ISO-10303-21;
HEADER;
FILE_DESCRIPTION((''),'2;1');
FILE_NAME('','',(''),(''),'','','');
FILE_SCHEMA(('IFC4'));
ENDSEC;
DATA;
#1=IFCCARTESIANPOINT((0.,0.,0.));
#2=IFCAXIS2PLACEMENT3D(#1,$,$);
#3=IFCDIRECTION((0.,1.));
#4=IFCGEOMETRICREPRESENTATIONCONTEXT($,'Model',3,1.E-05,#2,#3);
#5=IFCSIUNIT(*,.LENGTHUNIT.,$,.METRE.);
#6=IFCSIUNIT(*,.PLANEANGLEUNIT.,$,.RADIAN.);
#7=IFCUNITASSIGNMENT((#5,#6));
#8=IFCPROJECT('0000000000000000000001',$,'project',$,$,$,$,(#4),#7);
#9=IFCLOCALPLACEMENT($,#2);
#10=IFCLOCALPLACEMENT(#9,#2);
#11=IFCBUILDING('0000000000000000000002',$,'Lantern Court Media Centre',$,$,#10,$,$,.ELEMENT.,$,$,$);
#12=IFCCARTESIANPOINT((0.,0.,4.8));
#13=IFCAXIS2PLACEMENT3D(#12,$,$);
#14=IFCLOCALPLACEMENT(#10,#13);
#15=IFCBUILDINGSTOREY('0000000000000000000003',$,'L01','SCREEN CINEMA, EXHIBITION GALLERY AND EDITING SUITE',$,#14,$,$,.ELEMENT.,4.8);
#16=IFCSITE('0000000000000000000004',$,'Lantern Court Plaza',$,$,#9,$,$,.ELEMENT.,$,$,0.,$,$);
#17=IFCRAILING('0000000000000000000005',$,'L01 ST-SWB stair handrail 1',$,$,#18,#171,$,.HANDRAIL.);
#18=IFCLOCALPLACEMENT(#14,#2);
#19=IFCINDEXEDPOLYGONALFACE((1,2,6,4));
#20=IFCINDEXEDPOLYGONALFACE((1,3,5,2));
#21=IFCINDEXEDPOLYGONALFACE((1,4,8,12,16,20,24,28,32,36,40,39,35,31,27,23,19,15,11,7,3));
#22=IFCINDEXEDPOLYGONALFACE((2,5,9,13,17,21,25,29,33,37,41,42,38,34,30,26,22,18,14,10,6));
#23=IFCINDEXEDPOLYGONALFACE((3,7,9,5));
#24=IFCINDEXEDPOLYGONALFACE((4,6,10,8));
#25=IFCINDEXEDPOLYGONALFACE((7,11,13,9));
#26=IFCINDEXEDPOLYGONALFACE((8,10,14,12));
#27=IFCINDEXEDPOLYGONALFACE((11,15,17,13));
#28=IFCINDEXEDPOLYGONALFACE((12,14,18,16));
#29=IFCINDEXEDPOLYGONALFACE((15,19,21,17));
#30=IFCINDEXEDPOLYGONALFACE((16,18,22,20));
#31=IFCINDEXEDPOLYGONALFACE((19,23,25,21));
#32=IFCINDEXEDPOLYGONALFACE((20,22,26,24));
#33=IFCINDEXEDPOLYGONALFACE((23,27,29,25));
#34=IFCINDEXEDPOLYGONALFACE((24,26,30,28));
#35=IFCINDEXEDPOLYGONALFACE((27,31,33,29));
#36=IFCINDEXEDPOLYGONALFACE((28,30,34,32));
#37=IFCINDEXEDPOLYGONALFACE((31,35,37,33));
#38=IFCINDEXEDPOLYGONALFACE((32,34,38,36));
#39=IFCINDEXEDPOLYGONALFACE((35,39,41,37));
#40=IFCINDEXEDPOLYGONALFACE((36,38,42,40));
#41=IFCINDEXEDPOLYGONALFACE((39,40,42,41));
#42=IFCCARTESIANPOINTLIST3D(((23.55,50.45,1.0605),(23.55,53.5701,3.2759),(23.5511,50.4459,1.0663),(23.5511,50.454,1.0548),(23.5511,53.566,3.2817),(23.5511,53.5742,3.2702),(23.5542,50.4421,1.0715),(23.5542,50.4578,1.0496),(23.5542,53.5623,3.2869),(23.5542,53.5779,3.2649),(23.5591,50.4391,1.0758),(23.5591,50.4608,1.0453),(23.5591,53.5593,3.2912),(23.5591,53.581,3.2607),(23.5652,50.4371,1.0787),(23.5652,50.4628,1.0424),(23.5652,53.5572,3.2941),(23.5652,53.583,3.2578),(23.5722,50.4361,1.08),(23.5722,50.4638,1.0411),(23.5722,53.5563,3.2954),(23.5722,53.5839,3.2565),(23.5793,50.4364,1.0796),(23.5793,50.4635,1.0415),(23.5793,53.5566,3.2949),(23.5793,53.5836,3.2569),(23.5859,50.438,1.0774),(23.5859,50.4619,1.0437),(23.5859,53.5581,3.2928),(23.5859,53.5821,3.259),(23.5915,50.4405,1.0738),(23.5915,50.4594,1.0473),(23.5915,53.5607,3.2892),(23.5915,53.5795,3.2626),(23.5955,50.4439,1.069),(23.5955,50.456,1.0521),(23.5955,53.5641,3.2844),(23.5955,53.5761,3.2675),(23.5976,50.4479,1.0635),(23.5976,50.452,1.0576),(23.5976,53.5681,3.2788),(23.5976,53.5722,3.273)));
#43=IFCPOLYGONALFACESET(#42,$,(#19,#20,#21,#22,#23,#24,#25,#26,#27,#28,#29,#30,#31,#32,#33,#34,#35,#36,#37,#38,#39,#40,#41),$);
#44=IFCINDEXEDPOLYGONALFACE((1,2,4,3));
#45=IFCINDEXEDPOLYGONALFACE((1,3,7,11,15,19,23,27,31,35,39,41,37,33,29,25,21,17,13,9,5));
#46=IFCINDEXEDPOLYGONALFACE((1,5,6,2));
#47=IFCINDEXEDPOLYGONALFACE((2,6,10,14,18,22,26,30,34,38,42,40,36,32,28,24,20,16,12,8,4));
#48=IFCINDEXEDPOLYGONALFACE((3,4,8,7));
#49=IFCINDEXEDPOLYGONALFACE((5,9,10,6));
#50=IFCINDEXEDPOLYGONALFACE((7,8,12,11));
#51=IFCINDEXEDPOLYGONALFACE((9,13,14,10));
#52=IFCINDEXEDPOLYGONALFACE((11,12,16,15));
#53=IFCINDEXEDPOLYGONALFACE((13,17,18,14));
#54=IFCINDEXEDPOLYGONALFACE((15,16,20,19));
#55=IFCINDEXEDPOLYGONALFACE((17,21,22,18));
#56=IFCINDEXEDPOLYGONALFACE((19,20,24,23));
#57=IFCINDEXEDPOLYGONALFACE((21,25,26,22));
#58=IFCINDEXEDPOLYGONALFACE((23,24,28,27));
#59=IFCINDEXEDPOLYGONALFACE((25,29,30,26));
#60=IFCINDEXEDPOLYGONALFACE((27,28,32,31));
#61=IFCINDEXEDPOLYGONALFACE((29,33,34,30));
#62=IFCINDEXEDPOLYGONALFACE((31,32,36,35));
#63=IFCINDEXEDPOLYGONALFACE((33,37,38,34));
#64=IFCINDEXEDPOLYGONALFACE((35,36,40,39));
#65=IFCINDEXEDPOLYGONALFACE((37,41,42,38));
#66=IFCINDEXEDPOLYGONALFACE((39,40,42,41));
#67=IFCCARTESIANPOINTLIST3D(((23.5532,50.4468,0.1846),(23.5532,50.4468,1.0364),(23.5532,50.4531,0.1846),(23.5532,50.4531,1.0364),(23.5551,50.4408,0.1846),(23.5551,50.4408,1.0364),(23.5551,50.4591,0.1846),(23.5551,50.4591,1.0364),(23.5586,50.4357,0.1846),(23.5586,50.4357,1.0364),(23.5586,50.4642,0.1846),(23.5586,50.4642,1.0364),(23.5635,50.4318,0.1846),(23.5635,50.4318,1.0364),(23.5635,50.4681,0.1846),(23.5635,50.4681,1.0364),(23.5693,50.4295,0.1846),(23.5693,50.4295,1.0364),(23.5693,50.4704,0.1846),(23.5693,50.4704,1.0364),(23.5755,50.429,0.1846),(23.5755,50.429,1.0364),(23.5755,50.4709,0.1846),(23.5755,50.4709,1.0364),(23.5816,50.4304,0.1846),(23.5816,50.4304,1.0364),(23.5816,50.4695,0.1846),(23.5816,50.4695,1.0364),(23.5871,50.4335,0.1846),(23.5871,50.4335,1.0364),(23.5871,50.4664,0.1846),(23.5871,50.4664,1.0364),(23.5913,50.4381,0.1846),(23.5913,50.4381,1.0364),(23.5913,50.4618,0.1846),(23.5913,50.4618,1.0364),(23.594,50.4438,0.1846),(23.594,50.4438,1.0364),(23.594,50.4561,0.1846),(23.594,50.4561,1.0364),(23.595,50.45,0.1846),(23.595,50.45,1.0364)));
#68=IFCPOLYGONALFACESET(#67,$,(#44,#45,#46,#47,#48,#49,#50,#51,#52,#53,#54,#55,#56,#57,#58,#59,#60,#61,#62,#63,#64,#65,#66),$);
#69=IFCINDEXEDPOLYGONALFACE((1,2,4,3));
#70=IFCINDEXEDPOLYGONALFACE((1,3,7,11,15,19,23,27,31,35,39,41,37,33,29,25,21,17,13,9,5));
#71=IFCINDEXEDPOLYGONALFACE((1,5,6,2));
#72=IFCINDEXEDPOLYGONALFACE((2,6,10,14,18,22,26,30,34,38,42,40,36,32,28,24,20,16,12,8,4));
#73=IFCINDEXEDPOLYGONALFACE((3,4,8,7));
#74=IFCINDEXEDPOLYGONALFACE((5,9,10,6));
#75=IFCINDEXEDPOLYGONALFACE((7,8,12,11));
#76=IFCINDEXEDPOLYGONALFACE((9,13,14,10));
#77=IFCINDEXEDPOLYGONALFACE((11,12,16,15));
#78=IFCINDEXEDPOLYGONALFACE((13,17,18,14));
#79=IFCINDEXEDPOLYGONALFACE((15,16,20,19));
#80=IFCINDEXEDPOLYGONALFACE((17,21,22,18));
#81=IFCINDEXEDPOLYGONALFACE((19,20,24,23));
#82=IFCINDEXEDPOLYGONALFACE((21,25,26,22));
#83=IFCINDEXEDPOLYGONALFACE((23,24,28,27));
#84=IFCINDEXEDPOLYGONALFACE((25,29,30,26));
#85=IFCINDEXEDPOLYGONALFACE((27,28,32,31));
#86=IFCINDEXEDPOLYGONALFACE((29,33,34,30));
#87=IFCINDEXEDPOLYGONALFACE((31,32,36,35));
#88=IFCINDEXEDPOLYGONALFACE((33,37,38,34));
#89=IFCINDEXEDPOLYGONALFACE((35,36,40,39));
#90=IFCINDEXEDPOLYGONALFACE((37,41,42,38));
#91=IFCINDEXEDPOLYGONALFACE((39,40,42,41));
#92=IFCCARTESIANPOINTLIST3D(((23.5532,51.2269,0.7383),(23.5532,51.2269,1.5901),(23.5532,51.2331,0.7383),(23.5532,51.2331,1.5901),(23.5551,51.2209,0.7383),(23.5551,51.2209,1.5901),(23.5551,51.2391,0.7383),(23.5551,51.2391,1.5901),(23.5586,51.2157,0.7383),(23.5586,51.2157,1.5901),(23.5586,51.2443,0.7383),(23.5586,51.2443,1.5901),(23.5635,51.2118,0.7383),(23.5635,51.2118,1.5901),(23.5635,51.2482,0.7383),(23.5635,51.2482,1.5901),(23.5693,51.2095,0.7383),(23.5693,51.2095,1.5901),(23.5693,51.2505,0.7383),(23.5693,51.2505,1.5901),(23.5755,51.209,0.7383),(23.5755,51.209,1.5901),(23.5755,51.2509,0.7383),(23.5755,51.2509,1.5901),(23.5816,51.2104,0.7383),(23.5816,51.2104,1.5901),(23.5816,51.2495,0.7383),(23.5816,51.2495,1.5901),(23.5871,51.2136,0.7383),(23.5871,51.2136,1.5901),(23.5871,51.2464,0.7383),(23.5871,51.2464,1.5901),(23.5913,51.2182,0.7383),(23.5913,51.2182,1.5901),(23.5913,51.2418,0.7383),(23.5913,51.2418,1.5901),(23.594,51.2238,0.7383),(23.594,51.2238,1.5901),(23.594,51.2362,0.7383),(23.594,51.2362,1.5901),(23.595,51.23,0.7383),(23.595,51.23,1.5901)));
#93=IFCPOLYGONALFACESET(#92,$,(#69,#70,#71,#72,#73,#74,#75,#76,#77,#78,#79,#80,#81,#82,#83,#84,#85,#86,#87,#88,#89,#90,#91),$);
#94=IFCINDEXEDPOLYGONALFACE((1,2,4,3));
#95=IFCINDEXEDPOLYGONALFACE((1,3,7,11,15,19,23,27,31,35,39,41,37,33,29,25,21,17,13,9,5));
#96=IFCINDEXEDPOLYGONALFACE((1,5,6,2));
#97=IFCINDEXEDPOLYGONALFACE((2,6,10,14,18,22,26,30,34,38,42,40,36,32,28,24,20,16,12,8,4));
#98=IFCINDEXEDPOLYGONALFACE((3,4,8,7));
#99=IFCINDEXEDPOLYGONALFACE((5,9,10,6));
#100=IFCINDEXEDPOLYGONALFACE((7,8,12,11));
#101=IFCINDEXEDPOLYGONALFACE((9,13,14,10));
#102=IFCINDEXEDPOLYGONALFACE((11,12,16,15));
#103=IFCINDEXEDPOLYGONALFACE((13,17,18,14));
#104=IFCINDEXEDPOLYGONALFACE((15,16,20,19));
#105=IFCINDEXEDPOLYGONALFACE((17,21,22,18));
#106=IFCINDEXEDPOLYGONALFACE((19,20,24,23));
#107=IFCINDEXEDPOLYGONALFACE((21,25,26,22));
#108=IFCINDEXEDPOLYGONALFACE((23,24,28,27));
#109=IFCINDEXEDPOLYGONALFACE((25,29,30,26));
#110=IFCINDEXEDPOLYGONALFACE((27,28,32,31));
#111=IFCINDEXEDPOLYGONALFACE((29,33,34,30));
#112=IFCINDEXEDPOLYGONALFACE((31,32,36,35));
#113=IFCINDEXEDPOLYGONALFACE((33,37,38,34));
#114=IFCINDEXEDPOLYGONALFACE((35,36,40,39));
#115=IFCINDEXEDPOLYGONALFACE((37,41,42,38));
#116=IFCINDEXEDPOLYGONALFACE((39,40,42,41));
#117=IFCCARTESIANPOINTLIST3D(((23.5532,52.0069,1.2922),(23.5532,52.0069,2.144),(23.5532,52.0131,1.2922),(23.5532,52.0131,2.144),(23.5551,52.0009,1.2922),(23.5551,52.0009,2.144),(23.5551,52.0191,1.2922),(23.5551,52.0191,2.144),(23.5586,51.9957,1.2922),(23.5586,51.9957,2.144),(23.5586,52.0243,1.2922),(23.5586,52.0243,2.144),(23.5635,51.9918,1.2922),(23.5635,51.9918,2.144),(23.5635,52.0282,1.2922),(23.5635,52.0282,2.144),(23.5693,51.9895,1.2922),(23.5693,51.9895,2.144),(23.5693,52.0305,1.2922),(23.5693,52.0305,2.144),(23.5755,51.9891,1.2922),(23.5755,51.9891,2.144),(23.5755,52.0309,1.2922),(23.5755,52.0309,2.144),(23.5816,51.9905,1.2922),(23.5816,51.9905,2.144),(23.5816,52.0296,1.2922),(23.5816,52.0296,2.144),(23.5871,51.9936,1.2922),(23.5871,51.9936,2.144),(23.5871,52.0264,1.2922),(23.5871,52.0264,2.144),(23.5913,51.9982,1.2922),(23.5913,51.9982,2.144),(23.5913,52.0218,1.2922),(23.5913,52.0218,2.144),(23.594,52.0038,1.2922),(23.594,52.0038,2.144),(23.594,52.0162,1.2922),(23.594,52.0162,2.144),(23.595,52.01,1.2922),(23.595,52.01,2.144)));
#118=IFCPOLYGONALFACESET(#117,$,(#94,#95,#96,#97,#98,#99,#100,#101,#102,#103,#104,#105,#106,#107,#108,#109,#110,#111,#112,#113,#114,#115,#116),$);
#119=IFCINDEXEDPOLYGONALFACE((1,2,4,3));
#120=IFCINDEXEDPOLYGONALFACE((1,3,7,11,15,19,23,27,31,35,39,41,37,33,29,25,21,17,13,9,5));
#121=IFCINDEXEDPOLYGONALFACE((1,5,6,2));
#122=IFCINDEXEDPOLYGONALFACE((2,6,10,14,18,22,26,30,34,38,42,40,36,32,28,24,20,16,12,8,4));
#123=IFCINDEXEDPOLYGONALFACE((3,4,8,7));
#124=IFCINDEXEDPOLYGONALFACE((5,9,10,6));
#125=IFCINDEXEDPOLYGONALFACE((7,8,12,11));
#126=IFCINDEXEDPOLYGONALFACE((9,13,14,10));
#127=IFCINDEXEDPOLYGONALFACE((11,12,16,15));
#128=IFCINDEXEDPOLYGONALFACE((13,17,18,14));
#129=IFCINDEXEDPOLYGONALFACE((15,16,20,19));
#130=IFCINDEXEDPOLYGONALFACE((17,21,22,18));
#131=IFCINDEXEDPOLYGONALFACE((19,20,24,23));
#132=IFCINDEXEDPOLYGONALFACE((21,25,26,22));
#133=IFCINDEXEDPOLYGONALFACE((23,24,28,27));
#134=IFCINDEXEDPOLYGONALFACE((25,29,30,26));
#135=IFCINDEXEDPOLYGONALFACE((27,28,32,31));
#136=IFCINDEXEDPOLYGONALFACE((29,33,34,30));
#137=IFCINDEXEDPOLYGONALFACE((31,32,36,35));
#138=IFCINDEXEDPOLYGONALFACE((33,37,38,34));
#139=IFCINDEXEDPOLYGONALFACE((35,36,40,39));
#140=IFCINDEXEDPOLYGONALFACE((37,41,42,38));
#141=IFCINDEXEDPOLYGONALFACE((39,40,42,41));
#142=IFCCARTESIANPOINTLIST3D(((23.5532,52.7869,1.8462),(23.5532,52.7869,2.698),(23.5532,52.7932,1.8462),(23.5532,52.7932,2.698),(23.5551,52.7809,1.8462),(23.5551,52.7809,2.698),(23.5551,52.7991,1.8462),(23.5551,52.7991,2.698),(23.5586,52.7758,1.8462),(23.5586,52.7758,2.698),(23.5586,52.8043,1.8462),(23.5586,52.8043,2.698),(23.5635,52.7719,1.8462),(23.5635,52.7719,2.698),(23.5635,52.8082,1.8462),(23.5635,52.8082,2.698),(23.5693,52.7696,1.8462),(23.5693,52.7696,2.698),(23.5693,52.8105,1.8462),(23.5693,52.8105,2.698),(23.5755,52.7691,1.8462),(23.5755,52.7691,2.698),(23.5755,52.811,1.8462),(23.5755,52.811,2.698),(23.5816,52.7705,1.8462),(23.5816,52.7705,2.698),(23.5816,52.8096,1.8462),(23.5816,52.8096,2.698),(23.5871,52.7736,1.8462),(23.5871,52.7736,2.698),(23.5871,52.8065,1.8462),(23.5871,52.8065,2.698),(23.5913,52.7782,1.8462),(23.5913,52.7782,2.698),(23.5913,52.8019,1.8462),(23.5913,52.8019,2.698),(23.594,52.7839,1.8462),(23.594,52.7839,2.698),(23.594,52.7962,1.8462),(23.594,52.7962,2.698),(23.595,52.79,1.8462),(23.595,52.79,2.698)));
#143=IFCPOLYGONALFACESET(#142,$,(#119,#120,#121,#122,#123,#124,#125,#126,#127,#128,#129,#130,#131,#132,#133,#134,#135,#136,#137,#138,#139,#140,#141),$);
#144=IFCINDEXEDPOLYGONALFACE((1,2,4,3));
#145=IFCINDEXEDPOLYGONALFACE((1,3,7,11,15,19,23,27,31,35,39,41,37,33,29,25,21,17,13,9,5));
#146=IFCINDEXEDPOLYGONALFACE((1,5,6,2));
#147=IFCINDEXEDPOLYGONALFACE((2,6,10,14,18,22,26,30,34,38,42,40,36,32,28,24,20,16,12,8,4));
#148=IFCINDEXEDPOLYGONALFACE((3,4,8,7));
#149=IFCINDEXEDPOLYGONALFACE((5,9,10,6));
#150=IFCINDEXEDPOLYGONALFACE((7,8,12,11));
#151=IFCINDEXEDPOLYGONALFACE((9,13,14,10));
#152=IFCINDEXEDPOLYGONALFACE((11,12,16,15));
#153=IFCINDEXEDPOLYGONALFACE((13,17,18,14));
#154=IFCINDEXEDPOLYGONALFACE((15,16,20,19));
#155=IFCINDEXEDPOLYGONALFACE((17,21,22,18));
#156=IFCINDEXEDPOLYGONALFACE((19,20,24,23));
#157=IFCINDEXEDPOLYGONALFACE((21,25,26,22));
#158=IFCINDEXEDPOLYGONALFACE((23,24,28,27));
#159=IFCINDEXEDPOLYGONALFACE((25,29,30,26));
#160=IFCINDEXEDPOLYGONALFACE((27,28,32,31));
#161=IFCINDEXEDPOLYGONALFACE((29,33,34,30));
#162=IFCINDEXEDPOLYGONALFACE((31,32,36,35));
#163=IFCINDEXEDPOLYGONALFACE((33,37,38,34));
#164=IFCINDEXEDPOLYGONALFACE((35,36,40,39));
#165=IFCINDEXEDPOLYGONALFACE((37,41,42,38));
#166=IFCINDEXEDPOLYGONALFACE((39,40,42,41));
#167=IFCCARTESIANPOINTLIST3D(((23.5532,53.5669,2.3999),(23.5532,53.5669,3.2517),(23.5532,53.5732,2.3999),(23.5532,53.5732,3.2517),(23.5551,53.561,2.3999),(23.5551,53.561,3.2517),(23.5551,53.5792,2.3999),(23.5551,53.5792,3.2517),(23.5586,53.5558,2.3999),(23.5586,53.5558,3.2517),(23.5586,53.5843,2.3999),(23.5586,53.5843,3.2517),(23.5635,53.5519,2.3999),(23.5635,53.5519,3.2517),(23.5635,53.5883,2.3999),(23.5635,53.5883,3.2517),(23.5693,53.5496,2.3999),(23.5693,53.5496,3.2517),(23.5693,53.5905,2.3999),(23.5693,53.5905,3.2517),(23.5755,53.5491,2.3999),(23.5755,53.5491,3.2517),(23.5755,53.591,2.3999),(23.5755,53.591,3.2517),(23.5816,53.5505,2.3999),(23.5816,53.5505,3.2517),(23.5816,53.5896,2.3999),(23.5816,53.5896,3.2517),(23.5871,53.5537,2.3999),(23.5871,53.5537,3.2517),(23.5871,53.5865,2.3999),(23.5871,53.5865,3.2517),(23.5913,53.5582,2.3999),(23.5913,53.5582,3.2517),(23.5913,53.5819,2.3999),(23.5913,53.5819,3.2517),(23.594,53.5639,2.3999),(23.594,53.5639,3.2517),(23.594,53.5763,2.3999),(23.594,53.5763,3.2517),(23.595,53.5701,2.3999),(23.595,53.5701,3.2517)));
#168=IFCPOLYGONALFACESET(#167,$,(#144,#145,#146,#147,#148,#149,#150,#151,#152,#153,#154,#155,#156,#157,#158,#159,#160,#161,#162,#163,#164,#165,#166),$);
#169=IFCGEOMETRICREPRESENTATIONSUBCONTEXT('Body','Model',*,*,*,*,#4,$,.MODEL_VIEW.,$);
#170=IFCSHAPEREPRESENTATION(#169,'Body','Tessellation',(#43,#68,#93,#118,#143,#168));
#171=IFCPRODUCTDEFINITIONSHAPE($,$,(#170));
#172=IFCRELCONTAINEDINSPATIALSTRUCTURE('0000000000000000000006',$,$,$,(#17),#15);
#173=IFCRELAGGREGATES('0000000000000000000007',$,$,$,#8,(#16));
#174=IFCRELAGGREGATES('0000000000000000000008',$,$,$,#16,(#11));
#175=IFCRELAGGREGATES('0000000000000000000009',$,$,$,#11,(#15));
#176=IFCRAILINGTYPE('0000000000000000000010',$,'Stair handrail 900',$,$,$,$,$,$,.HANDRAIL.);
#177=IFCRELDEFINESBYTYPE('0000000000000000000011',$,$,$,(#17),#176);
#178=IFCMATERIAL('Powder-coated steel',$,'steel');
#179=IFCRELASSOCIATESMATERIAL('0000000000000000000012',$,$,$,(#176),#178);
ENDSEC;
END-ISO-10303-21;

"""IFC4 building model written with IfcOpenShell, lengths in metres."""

from ifc_helpers import new_model, si_unit, direction, frame, origin, origin_2d, place, context, subcontext, project, spatial, circle, extrude, material, type_object, element, save


model = new_model("IFC4")

# Units and contexts
model_context = context("Model", 3, precision=1e-05, world=origin(), true_north=direction((0.0, 1.0)))
body_context = subcontext(model_context, "Body", "Model", "MODEL_VIEW")
ifc_project = project(units=[si_unit("LENGTHUNIT", "METRE"), si_unit("PLANEANGLEUNIT", "RADIAN")], contexts=[model_context])

# Site, building, storey
site_placement = place(None, origin())
site = spatial("IfcSite", under=ifc_project, at=site_placement, Name="Lantern Court Plaza", CompositionType="ELEMENT", RefElevation=0.0)
building_placement = place(site_placement, origin())
building = spatial("IfcBuilding", under=site, at=building_placement, Name="Lantern Court Media Centre", CompositionType="ELEMENT")
storey_placement = place(building_placement, frame((0.0, 0.0, 4.8)))
storey = spatial("IfcBuildingStorey", under=building, at=storey_placement, Name="L01", Description="SCREEN CINEMA, EXHIBITION GALLERY AND EDITING SUITE", CompositionType="ELEMENT", Elevation=4.8)

# Railing
ifc_material_1 = material(Name="Powder-coated steel", Category="steel")
railing_type_1 = type_object("IfcRailingType", Name="Stair handrail 900", PredefinedType="HANDRAIL", material=ifc_material_1)
railing_1_placement = place(storey_placement, frame((23.574, 50.45, 0.1846)))
element("IfcRailing", 1, at=railing_1_placement, inside=storey, type_object=railing_type_1, Name="L01 ST-SWB stair handrail 1", PredefinedType="HANDRAIL", context=body_context, shape_type="SweptSolid", body=[
    extrude(circle(Radius=0.0239, at=origin_2d()), frame((0.0, 0.0, 0.876), z_axis=(0.0, 0.815377, 0.57893), x_axis=(-1.0, 0.0, 0.0)), (0.0, 0.0, 1.0), 3.8267),
    extrude(circle(Radius=0.021, at=origin_2d()), origin(), (0.0, 0.0, 1.0), 0.8518),
    extrude(circle(Radius=0.021, at=origin_2d()), frame((0.0, 0.78, 0.5537)), (0.0, 0.0, 1.0), 0.8518),
    extrude(circle(Radius=0.021, at=origin_2d()), frame((0.0, 1.5601, 1.1077)), (0.0, 0.0, 1.0), 0.8518),
    extrude(circle(Radius=0.021, at=origin_2d()), frame((0.0, 2.3401, 1.6616)), (0.0, 0.0, 1.0), 0.8518),
    extrude(circle(Radius=0.021, at=origin_2d()), frame((0.0, 3.1201, 2.2153)), (0.0, 0.0, 1.0), 0.8518),
])

save(model, "model.ifc")
